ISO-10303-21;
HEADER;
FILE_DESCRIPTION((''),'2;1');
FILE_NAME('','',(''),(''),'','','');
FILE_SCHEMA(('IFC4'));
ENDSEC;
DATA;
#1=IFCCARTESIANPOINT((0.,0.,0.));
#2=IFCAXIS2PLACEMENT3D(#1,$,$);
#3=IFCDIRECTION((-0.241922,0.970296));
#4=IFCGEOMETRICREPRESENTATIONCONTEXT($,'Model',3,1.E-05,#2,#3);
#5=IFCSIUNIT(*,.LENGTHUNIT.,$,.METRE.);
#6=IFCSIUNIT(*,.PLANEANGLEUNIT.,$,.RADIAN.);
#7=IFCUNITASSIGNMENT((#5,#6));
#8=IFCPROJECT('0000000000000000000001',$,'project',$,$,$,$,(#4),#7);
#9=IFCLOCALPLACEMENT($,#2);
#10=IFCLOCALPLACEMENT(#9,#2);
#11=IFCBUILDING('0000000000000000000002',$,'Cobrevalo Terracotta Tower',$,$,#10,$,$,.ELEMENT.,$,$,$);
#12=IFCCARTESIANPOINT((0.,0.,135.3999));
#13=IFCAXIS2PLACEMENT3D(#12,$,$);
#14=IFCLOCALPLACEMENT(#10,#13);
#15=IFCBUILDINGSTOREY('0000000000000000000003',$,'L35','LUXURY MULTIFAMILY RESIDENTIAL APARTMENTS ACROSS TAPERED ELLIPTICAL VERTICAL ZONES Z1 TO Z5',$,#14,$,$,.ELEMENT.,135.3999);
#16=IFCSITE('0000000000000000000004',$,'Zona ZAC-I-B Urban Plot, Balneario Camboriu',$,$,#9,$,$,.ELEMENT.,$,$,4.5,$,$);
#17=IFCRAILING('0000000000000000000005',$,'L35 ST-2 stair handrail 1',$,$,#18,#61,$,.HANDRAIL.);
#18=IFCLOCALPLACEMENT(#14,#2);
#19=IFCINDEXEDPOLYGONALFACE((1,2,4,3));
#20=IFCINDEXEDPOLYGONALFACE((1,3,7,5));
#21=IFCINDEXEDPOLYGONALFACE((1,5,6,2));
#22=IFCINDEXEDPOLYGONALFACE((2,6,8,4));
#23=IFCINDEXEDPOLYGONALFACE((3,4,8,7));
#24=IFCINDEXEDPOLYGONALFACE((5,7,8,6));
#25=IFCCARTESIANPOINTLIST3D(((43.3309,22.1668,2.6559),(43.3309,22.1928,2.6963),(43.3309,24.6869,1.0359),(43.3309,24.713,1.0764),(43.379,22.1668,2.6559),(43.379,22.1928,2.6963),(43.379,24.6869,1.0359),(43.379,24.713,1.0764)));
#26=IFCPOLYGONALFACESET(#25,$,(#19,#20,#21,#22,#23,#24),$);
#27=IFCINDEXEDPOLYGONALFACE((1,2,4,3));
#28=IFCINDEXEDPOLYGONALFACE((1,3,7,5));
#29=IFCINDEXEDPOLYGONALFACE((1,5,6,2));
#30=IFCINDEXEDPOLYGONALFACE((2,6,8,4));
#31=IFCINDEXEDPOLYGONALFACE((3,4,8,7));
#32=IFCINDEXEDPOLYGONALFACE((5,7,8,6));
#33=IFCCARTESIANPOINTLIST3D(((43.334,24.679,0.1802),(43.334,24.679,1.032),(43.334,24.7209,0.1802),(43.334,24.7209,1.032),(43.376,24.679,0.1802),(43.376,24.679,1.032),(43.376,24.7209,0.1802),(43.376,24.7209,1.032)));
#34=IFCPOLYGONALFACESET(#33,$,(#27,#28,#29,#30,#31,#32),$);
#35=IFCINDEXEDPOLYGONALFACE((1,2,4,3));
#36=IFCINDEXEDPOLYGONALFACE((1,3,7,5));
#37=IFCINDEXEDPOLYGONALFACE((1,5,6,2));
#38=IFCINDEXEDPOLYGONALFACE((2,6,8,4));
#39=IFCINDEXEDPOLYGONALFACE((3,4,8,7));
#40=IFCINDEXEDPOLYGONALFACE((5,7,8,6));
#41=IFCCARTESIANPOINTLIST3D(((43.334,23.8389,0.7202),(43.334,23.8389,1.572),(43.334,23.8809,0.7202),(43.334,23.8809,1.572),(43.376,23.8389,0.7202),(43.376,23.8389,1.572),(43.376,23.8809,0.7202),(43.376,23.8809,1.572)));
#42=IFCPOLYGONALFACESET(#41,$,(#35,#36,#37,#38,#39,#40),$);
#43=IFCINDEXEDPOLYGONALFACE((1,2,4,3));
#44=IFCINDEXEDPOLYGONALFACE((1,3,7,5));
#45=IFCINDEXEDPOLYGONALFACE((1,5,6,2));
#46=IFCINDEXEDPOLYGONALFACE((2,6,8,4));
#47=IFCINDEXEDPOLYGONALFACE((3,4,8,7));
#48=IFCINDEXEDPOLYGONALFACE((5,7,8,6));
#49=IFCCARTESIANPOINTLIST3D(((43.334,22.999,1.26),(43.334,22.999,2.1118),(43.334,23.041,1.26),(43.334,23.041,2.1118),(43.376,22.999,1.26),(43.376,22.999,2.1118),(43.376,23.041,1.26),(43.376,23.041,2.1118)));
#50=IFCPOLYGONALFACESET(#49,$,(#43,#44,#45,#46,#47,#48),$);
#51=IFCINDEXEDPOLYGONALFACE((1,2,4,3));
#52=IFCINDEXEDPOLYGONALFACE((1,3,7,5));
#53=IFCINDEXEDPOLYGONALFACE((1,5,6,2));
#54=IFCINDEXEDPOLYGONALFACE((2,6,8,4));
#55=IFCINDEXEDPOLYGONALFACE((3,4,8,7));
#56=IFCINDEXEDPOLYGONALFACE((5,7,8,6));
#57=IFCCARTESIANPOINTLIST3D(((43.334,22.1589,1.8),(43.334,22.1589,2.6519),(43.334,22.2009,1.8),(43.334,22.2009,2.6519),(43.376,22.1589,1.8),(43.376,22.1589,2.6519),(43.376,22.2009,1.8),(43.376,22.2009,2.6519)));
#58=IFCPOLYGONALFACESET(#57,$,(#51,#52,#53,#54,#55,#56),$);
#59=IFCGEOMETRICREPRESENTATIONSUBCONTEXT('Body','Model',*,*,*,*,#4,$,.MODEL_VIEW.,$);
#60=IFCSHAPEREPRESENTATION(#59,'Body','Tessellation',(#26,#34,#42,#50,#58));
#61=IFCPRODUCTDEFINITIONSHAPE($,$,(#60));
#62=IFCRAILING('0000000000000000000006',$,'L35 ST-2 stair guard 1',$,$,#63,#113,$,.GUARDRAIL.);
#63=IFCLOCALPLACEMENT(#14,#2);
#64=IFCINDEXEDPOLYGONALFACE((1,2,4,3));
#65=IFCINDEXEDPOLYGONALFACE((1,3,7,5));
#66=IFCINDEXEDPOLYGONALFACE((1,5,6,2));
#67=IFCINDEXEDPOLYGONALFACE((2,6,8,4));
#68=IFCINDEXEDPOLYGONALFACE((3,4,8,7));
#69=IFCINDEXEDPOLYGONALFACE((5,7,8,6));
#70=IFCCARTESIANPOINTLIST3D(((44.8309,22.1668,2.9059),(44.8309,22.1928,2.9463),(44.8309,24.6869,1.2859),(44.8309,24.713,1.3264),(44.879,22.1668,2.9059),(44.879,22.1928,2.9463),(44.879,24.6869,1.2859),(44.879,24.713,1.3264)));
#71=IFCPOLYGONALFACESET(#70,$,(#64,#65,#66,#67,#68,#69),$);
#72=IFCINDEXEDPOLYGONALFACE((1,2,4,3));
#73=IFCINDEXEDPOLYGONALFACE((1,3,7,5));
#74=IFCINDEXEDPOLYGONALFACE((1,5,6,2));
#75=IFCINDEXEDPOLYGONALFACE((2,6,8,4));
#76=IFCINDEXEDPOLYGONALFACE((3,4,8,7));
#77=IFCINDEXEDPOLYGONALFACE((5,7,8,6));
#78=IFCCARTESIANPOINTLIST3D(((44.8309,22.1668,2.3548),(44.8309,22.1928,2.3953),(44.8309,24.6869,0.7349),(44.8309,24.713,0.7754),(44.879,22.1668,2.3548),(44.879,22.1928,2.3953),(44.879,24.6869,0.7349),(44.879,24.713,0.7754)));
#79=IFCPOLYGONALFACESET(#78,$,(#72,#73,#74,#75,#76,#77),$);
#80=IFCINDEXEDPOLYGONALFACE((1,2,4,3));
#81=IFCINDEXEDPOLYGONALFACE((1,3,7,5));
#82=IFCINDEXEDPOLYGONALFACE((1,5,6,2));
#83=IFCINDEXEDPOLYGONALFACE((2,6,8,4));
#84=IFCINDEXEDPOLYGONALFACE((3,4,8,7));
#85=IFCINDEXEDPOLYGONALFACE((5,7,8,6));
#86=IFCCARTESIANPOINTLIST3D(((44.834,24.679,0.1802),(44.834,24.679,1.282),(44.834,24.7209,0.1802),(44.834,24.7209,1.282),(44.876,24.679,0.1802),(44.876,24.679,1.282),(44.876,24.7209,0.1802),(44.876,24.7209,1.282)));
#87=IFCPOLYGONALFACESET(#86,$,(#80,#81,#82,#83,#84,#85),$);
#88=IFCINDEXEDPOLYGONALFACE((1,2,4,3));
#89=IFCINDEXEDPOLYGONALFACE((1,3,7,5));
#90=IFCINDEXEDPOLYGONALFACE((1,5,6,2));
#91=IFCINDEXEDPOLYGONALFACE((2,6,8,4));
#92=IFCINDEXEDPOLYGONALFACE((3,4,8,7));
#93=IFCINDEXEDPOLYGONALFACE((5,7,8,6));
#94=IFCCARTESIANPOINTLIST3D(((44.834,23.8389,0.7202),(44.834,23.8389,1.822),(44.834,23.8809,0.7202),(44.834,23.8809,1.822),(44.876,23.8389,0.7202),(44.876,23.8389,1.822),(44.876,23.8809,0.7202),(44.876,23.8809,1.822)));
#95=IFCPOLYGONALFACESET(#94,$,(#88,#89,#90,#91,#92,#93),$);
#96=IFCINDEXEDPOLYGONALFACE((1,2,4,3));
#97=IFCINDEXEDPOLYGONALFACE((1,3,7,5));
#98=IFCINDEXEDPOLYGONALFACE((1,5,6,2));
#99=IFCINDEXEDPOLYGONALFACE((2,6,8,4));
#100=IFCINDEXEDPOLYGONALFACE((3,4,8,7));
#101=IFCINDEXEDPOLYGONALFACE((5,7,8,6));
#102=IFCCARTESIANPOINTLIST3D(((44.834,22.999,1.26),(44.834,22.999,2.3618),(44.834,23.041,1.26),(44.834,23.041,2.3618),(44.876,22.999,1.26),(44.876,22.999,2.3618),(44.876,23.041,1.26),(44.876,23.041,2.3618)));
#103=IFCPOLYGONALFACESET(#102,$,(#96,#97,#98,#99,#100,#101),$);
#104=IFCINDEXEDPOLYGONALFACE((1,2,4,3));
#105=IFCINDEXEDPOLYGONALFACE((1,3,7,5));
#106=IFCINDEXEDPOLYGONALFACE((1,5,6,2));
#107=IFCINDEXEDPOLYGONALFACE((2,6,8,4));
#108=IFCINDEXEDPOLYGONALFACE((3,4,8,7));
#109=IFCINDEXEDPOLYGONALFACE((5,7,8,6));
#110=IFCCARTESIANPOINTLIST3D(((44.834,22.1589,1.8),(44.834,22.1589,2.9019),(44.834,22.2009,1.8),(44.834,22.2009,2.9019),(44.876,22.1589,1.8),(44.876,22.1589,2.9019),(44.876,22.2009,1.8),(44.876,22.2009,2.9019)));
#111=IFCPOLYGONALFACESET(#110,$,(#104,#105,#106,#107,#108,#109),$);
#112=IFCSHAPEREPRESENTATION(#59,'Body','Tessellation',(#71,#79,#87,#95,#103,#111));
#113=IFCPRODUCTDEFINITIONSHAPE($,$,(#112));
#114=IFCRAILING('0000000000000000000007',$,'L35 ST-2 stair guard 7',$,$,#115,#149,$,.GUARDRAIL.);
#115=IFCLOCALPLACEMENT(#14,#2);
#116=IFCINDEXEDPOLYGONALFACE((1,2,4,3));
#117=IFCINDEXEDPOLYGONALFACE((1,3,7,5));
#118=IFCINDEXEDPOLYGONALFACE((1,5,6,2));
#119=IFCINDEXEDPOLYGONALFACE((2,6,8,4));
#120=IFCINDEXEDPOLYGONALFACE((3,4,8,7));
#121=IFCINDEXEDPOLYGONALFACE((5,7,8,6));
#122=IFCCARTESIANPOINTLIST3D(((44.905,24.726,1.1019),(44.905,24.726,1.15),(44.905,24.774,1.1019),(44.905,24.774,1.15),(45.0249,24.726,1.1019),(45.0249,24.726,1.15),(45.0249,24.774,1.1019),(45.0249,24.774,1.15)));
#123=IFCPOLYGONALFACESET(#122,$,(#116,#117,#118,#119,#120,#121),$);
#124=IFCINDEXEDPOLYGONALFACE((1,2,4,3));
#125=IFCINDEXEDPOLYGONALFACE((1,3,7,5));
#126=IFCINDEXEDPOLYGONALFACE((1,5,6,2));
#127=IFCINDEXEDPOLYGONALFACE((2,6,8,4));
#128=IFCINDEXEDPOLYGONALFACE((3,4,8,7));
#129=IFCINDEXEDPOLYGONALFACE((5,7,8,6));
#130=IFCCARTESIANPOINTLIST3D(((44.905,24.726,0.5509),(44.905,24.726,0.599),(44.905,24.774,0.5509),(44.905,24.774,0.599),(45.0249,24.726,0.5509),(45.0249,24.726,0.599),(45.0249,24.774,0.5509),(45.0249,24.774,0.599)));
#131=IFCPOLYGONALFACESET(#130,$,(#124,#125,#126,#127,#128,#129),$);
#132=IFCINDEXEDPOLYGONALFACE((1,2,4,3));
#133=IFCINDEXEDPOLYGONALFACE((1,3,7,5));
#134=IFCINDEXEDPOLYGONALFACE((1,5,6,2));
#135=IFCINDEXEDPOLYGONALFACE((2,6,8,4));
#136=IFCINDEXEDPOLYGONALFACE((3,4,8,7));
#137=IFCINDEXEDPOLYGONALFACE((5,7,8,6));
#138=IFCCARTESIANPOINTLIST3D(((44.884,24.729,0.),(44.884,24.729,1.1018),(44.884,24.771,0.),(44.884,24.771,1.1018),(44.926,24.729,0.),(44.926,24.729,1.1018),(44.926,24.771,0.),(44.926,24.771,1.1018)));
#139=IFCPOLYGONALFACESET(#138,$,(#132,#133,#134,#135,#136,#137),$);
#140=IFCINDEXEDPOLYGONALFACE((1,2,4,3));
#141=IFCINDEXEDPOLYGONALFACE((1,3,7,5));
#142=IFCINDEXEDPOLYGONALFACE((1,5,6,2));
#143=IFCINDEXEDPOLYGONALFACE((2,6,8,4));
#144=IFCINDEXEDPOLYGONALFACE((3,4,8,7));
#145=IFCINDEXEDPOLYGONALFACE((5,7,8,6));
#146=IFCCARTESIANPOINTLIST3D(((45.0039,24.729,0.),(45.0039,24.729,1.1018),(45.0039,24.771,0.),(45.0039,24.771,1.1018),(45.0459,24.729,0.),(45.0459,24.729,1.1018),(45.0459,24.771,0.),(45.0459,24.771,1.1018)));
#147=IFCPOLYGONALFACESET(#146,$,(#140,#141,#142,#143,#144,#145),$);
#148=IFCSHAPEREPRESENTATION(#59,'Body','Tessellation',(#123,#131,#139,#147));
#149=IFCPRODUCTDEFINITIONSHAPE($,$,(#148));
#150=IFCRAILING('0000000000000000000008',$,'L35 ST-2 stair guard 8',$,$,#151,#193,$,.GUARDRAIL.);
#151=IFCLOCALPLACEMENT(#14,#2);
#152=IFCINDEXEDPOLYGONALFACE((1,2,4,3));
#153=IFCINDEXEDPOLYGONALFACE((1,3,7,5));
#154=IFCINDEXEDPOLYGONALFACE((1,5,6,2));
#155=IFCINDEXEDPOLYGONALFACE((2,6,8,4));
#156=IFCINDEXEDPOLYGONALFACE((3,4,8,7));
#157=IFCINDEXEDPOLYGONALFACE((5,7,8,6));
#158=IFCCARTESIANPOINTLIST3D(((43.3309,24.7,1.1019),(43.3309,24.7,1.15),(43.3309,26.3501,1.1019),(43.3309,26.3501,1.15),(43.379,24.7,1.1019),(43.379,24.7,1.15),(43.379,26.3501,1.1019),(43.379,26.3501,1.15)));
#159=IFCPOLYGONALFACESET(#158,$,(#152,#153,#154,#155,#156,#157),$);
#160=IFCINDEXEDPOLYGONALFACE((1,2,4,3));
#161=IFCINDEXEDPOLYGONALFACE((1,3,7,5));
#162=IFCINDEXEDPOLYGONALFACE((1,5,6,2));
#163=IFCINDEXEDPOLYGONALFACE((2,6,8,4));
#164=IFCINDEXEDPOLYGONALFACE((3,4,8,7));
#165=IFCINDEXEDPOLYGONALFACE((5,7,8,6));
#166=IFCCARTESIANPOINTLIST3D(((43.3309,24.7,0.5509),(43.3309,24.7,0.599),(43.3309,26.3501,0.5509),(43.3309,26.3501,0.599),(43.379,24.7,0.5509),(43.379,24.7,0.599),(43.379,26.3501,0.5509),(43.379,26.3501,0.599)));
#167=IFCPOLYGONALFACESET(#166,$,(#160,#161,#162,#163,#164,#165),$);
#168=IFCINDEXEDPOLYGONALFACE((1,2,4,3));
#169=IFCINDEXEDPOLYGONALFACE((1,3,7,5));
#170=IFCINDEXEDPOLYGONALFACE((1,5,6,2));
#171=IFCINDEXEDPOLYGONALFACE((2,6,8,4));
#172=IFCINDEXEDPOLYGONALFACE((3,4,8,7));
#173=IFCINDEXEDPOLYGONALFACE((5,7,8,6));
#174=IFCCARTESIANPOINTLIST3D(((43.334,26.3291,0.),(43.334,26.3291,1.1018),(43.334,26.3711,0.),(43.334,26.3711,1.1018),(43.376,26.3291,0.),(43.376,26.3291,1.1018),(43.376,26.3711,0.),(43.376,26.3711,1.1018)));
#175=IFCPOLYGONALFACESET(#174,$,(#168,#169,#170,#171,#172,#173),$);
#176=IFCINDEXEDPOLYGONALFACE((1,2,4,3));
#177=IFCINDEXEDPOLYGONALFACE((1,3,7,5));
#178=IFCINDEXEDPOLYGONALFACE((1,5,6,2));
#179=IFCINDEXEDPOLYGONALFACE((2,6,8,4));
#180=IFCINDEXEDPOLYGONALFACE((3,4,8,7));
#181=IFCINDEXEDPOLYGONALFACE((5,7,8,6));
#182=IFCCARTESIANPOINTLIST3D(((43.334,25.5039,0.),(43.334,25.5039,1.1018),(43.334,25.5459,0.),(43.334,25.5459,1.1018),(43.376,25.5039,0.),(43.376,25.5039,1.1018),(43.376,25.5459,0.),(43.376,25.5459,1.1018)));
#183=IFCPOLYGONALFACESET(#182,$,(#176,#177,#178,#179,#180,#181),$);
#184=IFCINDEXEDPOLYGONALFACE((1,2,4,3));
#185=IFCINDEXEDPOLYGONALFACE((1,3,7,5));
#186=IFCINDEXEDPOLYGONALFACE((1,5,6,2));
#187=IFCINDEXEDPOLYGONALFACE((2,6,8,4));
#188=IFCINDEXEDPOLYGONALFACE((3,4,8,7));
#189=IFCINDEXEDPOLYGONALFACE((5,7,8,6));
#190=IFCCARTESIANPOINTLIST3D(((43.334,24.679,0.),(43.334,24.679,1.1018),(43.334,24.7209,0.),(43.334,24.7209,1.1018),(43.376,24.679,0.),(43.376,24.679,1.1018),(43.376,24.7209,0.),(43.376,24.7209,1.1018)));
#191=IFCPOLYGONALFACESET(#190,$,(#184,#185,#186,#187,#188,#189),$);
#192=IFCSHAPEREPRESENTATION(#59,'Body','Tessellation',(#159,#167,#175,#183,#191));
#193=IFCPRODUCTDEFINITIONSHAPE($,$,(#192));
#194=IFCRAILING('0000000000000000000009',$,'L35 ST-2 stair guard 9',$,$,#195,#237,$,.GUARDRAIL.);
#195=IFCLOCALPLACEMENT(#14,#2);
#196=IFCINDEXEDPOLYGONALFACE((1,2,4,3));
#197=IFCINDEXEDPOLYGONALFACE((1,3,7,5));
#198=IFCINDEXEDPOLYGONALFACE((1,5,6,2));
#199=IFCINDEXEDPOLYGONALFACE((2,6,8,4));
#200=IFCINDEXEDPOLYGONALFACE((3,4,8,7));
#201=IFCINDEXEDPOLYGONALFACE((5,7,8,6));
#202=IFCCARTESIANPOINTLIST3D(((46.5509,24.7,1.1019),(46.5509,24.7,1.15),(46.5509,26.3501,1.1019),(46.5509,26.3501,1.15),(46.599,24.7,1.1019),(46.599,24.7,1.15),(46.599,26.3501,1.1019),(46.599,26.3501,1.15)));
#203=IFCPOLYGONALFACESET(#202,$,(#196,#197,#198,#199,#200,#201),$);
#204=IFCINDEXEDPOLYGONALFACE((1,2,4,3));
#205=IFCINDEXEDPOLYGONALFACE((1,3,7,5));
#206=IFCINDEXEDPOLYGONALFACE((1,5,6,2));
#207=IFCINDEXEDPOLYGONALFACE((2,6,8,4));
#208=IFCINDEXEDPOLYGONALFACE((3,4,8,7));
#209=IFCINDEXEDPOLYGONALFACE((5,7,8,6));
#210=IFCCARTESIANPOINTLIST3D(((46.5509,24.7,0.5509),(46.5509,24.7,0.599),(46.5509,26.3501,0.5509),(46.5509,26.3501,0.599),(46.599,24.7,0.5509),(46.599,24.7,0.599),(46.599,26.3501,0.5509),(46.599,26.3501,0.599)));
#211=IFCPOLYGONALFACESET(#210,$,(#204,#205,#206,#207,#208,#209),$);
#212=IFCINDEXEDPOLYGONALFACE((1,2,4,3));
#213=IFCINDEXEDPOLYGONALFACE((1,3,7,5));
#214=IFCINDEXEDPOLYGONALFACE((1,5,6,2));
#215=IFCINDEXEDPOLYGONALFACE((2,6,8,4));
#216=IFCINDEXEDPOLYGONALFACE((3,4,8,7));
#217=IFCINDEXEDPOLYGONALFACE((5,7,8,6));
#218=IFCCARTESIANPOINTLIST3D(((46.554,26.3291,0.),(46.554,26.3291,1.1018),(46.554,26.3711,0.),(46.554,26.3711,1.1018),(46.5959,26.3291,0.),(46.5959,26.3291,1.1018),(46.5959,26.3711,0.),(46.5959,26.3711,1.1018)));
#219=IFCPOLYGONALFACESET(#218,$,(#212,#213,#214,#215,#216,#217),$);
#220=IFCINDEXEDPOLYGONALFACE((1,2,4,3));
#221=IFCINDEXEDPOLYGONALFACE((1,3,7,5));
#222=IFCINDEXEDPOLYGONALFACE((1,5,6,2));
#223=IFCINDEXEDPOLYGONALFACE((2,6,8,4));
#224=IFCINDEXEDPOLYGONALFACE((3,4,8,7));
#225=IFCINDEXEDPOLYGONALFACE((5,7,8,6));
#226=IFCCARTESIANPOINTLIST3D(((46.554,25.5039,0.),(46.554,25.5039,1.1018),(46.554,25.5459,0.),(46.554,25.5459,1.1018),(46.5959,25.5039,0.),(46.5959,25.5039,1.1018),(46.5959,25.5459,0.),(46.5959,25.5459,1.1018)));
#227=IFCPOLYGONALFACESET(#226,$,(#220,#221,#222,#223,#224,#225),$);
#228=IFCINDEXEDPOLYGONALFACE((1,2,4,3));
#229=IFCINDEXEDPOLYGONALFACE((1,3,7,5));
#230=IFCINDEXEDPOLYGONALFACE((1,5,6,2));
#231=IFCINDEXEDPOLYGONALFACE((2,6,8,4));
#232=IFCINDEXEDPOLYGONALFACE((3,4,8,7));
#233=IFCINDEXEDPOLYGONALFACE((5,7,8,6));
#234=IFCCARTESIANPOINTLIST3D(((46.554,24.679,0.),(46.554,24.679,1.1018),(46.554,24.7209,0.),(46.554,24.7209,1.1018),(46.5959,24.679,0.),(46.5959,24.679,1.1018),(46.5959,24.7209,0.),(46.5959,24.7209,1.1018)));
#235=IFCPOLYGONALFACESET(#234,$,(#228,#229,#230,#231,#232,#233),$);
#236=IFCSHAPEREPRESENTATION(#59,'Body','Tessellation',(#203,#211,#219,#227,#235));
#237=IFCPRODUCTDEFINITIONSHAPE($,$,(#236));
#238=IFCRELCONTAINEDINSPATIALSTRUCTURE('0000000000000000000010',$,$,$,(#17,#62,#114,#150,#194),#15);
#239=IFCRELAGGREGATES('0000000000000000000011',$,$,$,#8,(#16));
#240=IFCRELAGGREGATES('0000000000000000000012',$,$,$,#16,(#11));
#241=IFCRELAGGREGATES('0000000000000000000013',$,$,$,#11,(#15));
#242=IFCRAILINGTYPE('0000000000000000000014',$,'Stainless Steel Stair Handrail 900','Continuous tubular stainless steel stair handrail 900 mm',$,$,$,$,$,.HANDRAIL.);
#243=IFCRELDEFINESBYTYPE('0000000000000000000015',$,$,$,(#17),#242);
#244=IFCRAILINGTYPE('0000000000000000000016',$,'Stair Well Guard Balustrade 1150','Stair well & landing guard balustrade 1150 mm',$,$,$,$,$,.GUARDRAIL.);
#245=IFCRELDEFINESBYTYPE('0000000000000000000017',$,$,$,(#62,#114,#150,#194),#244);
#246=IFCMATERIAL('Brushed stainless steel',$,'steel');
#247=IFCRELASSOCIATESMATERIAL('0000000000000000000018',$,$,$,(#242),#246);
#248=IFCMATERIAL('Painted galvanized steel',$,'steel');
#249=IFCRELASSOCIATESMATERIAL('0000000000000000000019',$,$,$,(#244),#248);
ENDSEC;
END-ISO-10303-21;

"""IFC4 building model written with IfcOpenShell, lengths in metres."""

from ifc_helpers import new_model, si_unit, direction, frame, origin, origin_2d, place, context, subcontext, project, spatial, rectangle, extrude, material, type_object, element, save


model = new_model("IFC4")

# Units and contexts
model_context = context("Model", 3, precision=1e-05, world=origin(), true_north=direction((-0.241922, 0.970296)))
body_context = subcontext(model_context, "Body", "Model", "MODEL_VIEW")
ifc_project = project(units=[si_unit("LENGTHUNIT", "METRE"), si_unit("PLANEANGLEUNIT", "RADIAN")], contexts=[model_context])

# Site, building, storey
site_placement = place(None, origin())
site = spatial("IfcSite", under=ifc_project, at=site_placement, Name="Zona ZAC-I-B Urban Plot, Balneario Camboriu", CompositionType="ELEMENT", RefElevation=4.5)
building_placement = place(site_placement, origin())
building = spatial("IfcBuilding", under=site, at=building_placement, Name="Cobrevalo Terracotta Tower", CompositionType="ELEMENT")
storey_placement = place(building_placement, frame((0.0, 0.0, 135.3999)))
storey = spatial("IfcBuildingStorey", under=building, at=storey_placement, Name="L35", Description="LUXURY MULTIFAMILY RESIDENTIAL APARTMENTS ACROSS TAPERED ELLIPTICAL VERTICAL ZONES Z1 TO Z5", CompositionType="ELEMENT", Elevation=135.3999)

# Shared definitions
ifc_material_1 = material(Name="Brushed stainless steel", Category="steel")

# Railings
railing_type_1 = type_object("IfcRailingType", Name="Stainless Steel Stair Handrail 900", Description="Continuous tubular stainless steel stair handrail 900 mm", PredefinedType="HANDRAIL", material=ifc_material_1)
railing_1_placement = place(storey_placement, frame((43.355, 24.7, 0.1802)))
element("IfcRailing", 1, at=railing_1_placement, inside=storey, type_object=railing_type_1, Name="L35 ST-2 stair handrail 1", PredefinedType="HANDRAIL", context=body_context, shape_type="SweptSolid", body=[
    extrude(rectangle(XDim=0.0481, YDim=0.0481, at=origin_2d()), frame((0.0, 0.0, 0.876), z_axis=(0.0, -0.8412, 0.540725), x_axis=(1.0, 0.0, 0.0)), (0.0, 0.0, 1.0), 2.9958),
    extrude(rectangle(XDim=0.042, YDim=0.042, at=origin_2d()), origin(), (0.0, 0.0, 1.0), 0.8518),
    extrude(rectangle(XDim=0.042, YDim=0.042, at=origin_2d()), frame((0.0, -0.8401, 0.54)), (0.0, 0.0, 1.0), 0.8518),
    extrude(rectangle(XDim=0.042, YDim=0.042, at=origin_2d()), frame((0.0, -1.6799, 1.0798)), (0.0, 0.0, 1.0), 0.8518),
    extrude(rectangle(XDim=0.042, YDim=0.042, at=origin_2d()), frame((0.0, -2.52, 1.6199)), (0.0, 0.0, 1.0), 0.8518),
])
ifc_material_2 = material(Name="Painted galvanized steel", Category="steel")
railing_type_2 = type_object("IfcRailingType", Name="Stair Well Guard Balustrade 1150", Description="Stair well & landing guard balustrade 1150 mm", PredefinedType="GUARDRAIL", material=ifc_material_2)
railing_2_placement = place(storey_placement, frame((44.855, 24.7, 0.1802)))
element("IfcRailing", 2, at=railing_2_placement, inside=storey, type_object=railing_type_2, Name="L35 ST-2 stair guard 1", PredefinedType="GUARDRAIL", context=body_context, shape_type="SweptSolid", body=[
    extrude(rectangle(XDim=0.0481, YDim=0.0481, at=origin_2d()), frame((0.0, 0.0, 1.126), z_axis=(0.0, -0.8412, 0.540725), x_axis=(1.0, 0.0, 0.0)), (0.0, 0.0, 1.0), 2.9958),
    extrude(rectangle(XDim=0.0481, YDim=0.0481, at=origin_2d()), frame((0.0, 0.0, 0.575), z_axis=(0.0, -0.8412, 0.540725), x_axis=(1.0, 0.0, 0.0)), (0.0, 0.0, 1.0), 2.9958),
    extrude(rectangle(XDim=0.042, YDim=0.042, at=origin_2d()), origin(), (0.0, 0.0, 1.0), 1.1018),
    extrude(rectangle(XDim=0.042, YDim=0.042, at=origin_2d()), frame((0.0, -0.8401, 0.54)), (0.0, 0.0, 1.0), 1.1018),
    extrude(rectangle(XDim=0.042, YDim=0.042, at=origin_2d()), frame((0.0, -1.6799, 1.0798)), (0.0, 0.0, 1.0), 1.1018),
    extrude(rectangle(XDim=0.042, YDim=0.042, at=origin_2d()), frame((0.0, -2.52, 1.6199)), (0.0, 0.0, 1.0), 1.1018),
])
railing_3_placement = place(storey_placement, frame((44.905, 24.75, 0.0)))
element("IfcRailing", 3, at=railing_3_placement, inside=storey, type_object=railing_type_2, Name="L35 ST-2 stair guard 7", PredefinedType="GUARDRAIL", context=body_context, shape_type="SweptSolid", body=[
    extrude(rectangle(XDim=0.0481, YDim=0.0481, at=origin_2d()), frame((0.0, 0.0, 1.126), z_axis=(1.0, 0.0, 0.0), x_axis=(0.0, 1.0, 0.0)), (0.0, 0.0, 1.0), 0.1199),
    extrude(rectangle(XDim=0.0481, YDim=0.0481, at=origin_2d()), frame((0.0, 0.0, 0.575), z_axis=(1.0, 0.0, 0.0), x_axis=(0.0, 1.0, 0.0)), (0.0, 0.0, 1.0), 0.1199),
    extrude(rectangle(XDim=0.042, YDim=0.042, at=origin_2d()), origin(), (0.0, 0.0, 1.0), 1.1018),
    extrude(rectangle(XDim=0.042, YDim=0.042, at=origin_2d()), frame((0.1199, 0.0, 0.0)), (0.0, 0.0, 1.0), 1.1018),
])
for number, where, name in (
    (4, (43.355, 26.3501, 0.0), "L35 ST-2 stair guard 8"),
    (5, (46.575, 26.3501, 0.0), "L35 ST-2 stair guard 9"),
):
    element("IfcRailing", number, at=place(storey_placement, frame(where)), inside=storey, type_object=railing_type_2, Name=name, PredefinedType="GUARDRAIL", context=body_context, shape_type="SweptSolid", body=[
        extrude(rectangle(XDim=0.0481, YDim=0.0481, at=origin_2d()), frame((0.0, 0.0, 1.126), z_axis=(0.0, -1.0, 0.0), x_axis=(1.0, 0.0, 0.0)), (0.0, 0.0, 1.0), 1.6501),
        extrude(rectangle(XDim=0.0481, YDim=0.0481, at=origin_2d()), frame((0.0, 0.0, 0.575), z_axis=(0.0, -1.0, 0.0), x_axis=(1.0, 0.0, 0.0)), (0.0, 0.0, 1.0), 1.6501),
        extrude(rectangle(XDim=0.042, YDim=0.042, at=origin_2d()), origin(), (0.0, 0.0, 1.0), 1.1018),
        extrude(rectangle(XDim=0.042, YDim=0.042, at=origin_2d()), frame((0.0, -0.8252, 0.0)), (0.0, 0.0, 1.0), 1.1018),
        extrude(rectangle(XDim=0.042, YDim=0.042, at=origin_2d()), frame((0.0, -1.6501, 0.0)), (0.0, 0.0, 1.0), 1.1018),
    ])

save(model, "model.ifc")
